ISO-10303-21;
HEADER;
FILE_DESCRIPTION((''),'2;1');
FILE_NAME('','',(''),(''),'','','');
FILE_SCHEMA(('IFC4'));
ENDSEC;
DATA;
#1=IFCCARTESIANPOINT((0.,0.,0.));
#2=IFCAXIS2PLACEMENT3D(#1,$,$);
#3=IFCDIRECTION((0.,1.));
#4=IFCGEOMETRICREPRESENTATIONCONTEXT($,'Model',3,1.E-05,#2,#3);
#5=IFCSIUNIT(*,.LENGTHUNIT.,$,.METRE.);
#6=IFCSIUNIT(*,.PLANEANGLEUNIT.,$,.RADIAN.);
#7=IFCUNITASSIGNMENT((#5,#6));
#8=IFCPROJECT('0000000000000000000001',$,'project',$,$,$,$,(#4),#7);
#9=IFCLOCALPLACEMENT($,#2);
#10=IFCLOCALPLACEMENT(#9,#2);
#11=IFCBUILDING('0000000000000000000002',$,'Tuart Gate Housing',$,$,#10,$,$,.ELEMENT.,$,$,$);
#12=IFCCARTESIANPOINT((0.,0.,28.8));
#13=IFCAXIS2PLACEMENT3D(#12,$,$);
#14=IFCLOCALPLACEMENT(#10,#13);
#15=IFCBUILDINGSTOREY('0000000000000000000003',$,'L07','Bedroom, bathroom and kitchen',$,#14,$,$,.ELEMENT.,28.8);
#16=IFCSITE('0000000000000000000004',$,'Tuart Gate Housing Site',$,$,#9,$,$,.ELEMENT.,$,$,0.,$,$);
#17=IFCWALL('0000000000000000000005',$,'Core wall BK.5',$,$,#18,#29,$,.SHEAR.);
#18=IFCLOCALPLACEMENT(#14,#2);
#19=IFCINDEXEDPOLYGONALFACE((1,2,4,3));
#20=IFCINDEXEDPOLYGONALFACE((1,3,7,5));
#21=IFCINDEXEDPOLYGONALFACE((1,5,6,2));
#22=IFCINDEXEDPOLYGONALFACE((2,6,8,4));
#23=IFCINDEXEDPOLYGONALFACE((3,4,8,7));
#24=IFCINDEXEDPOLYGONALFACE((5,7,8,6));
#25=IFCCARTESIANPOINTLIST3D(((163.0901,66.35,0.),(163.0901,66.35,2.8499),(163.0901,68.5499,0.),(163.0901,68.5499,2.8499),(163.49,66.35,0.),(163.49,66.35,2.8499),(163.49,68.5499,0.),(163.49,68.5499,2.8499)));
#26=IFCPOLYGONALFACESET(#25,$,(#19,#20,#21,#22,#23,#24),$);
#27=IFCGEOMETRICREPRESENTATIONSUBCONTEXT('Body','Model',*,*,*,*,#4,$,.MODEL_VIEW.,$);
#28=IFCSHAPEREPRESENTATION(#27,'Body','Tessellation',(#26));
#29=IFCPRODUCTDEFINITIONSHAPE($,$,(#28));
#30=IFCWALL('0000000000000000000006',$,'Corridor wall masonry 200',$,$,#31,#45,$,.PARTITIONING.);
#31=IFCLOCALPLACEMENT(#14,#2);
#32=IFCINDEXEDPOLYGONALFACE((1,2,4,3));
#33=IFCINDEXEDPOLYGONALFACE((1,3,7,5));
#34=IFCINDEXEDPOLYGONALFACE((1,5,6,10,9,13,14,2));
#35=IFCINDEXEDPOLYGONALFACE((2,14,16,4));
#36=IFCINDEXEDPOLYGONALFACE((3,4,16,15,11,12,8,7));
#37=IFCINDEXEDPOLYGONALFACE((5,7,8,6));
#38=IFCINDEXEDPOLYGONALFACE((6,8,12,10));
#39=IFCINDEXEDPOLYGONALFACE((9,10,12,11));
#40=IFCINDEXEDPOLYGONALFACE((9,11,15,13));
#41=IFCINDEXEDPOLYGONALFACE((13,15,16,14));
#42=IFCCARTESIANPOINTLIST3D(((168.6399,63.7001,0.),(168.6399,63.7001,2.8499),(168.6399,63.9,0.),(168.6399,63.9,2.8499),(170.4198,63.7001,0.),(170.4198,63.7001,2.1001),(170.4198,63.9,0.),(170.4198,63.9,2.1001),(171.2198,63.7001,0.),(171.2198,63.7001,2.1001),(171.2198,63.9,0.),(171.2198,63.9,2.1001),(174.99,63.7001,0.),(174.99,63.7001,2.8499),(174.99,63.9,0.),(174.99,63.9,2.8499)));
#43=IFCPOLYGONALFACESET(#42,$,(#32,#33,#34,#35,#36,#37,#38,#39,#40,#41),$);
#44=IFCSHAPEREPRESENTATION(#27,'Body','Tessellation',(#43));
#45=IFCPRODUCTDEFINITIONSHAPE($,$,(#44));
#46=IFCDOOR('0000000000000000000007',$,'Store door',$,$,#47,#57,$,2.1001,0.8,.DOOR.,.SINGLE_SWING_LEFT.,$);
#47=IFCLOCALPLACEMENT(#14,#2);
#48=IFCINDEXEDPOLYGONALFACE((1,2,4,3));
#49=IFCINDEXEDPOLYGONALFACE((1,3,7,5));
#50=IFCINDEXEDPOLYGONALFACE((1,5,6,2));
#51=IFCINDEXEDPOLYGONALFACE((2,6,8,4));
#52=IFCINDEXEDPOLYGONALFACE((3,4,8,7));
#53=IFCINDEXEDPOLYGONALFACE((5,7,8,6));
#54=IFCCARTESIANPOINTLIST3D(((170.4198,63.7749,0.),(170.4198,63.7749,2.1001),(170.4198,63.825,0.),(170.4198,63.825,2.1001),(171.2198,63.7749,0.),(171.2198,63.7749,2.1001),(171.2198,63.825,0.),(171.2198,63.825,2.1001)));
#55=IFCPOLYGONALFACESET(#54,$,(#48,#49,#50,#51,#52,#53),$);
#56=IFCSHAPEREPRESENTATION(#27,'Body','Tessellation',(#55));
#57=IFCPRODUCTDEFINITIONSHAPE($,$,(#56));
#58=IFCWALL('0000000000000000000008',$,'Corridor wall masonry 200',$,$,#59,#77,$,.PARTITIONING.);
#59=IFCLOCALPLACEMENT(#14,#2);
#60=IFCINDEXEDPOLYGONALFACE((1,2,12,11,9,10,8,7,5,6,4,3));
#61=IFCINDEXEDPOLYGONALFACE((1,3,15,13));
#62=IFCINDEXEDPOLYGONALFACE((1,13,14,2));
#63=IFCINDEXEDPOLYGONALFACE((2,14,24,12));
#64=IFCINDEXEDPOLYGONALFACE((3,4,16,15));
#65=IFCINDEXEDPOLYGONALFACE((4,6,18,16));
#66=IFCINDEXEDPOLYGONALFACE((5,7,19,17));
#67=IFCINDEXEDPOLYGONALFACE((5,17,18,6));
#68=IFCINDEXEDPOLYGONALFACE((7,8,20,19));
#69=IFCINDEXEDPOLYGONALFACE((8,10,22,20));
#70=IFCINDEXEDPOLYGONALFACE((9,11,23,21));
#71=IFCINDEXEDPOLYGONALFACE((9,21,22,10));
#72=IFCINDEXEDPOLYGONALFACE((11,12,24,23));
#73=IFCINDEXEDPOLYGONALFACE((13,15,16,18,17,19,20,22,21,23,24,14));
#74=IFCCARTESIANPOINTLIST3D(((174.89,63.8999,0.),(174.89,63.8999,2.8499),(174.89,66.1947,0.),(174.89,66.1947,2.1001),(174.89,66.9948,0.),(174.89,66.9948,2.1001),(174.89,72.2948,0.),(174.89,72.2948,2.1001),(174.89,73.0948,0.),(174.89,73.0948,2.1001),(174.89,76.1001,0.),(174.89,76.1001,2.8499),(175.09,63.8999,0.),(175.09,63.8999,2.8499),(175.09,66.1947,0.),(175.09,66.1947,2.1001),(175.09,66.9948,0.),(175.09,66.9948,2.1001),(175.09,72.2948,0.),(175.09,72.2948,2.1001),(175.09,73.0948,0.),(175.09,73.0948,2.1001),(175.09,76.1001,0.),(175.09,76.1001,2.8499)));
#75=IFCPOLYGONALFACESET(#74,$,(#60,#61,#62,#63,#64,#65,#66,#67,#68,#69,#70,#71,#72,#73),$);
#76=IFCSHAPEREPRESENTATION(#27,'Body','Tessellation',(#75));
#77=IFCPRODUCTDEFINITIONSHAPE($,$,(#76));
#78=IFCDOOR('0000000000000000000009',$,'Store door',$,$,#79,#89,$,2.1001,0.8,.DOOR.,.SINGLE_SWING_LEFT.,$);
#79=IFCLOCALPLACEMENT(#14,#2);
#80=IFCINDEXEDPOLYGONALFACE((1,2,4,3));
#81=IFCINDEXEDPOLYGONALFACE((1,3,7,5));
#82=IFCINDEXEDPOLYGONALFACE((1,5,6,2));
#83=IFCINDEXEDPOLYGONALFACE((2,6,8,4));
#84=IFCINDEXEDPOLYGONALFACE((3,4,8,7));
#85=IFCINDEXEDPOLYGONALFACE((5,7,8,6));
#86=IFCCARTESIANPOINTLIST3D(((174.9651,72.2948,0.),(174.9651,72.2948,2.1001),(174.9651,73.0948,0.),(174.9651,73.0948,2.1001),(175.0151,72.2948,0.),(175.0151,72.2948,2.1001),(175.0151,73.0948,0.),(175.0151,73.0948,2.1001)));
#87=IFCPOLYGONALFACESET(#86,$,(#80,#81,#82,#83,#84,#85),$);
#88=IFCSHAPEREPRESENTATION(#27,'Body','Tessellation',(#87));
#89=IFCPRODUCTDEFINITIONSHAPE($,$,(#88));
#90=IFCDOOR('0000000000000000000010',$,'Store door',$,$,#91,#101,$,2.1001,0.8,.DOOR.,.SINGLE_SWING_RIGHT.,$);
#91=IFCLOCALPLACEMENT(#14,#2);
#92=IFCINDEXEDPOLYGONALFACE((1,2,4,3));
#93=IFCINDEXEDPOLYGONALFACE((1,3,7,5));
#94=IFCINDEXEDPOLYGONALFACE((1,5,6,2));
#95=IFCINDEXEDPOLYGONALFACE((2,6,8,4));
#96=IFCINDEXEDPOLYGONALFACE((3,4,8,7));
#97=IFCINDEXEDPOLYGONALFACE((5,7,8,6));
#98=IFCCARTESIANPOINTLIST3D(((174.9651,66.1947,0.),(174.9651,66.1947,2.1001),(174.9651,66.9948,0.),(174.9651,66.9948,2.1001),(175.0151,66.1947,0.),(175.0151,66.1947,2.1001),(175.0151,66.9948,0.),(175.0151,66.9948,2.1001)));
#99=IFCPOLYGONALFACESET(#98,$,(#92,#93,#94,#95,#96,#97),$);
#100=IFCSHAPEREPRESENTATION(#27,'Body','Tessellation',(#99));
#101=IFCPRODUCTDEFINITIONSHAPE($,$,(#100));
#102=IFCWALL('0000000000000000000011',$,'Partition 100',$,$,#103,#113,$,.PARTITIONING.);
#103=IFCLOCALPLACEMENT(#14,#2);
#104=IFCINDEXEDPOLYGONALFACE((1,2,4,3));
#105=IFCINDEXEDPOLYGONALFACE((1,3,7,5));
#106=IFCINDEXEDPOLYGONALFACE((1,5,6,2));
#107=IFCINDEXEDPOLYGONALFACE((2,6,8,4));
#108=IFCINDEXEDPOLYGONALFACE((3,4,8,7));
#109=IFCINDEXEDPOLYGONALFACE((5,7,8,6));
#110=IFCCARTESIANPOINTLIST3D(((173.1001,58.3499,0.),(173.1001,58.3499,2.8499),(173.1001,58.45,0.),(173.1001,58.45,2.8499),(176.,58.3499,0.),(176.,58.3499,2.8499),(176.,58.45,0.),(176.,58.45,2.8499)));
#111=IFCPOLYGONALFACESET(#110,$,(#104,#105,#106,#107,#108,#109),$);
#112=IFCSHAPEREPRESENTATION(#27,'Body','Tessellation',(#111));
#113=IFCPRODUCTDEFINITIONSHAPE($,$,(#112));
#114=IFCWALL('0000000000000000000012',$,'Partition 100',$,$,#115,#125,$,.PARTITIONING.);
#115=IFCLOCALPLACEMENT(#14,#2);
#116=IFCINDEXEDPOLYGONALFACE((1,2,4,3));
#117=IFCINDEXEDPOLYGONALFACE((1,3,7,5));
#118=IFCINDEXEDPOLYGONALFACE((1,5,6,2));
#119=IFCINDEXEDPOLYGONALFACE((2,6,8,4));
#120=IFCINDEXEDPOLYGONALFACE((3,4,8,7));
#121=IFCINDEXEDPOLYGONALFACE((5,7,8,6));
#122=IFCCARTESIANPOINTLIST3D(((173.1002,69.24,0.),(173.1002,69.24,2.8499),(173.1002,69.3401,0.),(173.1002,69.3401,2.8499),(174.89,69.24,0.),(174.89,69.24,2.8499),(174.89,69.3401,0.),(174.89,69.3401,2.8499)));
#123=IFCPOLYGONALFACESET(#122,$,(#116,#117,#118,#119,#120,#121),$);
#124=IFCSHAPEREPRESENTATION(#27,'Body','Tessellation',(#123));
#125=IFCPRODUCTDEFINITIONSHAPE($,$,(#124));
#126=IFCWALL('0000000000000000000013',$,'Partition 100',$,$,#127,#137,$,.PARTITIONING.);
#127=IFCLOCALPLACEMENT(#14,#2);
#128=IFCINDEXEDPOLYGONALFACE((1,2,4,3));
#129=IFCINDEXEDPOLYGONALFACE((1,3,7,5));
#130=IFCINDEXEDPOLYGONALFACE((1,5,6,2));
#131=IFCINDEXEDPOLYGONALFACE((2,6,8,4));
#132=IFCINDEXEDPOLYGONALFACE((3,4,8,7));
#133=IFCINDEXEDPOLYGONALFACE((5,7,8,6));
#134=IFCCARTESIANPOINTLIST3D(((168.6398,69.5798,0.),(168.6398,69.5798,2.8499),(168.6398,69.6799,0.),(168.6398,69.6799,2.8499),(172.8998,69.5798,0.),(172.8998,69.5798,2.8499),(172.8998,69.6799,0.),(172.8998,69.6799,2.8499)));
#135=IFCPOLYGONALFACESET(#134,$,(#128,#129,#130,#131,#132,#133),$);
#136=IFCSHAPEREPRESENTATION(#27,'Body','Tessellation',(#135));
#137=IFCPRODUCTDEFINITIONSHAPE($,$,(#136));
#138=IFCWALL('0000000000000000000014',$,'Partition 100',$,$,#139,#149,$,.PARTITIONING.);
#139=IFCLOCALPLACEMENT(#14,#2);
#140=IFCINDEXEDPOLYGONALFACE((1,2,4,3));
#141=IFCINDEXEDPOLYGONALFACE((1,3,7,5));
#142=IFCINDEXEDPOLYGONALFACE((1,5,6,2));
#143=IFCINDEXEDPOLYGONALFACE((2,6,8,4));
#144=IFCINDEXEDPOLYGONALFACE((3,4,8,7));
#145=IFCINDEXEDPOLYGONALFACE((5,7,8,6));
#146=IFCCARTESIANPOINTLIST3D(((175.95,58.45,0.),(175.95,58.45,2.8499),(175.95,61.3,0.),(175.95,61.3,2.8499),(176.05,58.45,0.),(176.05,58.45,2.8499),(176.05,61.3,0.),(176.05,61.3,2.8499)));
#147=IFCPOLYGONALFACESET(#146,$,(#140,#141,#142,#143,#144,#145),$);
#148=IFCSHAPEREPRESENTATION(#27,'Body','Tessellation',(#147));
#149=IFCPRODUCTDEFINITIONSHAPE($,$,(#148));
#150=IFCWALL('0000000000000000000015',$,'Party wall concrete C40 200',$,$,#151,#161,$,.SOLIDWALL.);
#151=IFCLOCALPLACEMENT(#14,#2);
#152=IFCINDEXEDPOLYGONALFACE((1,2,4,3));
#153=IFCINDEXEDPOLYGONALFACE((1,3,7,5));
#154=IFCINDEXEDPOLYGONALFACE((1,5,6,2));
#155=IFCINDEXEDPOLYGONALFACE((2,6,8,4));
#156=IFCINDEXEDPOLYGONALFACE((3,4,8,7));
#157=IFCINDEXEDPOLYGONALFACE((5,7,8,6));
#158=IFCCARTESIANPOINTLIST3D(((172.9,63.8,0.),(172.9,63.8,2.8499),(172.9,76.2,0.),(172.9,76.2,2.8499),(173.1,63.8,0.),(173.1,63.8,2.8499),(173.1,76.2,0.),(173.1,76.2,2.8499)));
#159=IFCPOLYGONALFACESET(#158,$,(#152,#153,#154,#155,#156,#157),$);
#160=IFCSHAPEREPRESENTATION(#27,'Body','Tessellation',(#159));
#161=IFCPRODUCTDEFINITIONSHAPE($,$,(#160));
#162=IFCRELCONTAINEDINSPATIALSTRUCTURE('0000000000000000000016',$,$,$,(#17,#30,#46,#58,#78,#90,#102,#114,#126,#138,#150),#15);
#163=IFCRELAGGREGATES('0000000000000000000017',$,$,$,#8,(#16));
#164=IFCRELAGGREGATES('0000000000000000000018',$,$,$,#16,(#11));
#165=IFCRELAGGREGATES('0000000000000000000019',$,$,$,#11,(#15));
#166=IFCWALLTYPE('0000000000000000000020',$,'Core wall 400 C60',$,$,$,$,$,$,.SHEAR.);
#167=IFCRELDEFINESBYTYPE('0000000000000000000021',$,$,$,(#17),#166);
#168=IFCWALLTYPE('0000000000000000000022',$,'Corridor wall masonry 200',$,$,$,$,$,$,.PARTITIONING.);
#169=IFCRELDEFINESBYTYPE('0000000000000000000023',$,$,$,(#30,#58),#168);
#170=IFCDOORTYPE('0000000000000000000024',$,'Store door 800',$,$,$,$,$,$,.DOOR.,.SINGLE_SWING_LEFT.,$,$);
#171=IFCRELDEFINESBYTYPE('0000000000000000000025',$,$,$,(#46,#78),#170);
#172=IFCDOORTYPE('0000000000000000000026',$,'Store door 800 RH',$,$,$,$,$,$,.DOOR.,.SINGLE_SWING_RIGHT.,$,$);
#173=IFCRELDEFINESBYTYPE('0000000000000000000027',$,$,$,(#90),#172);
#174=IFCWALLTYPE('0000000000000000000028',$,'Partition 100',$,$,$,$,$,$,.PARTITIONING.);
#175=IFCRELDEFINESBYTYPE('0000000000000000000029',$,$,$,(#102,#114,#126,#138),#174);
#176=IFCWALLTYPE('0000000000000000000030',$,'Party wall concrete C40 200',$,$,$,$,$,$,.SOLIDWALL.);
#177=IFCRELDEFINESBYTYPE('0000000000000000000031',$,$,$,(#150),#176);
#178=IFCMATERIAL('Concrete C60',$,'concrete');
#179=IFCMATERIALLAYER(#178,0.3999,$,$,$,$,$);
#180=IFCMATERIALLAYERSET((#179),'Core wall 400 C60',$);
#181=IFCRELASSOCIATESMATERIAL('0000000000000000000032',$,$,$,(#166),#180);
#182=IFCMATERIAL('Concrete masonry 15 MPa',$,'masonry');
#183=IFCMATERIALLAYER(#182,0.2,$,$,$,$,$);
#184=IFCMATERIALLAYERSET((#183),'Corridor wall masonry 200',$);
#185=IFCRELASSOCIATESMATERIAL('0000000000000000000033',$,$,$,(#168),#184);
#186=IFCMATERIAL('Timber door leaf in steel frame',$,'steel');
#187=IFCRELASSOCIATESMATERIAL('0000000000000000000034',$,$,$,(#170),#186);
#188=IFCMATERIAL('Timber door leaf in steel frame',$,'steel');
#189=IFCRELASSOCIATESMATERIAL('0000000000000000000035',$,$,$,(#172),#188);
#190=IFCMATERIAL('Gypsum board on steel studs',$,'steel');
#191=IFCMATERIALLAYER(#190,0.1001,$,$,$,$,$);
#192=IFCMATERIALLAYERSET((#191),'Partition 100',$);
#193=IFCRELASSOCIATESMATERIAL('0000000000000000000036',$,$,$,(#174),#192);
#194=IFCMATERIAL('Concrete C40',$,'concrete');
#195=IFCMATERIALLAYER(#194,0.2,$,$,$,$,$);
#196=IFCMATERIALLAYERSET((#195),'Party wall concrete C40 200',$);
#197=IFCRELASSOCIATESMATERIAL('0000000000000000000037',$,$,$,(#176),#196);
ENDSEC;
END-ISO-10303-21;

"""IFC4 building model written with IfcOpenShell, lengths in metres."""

from ifc_helpers import new_model, si_unit, direction, frame, frame_2d, origin, place, context, subcontext, project, spatial, rectangle, extrude, material, layer, layer_set, type_object, element, fill, save


model = new_model("IFC4")

# Units and contexts
model_context = context("Model", 3, precision=1e-05, world=origin(), true_north=direction((0.0, 1.0)))
body_context = subcontext(model_context, "Body", "Model", "MODEL_VIEW")
ifc_project = project(units=[si_unit("LENGTHUNIT", "METRE"), si_unit("PLANEANGLEUNIT", "RADIAN")], contexts=[model_context])

# Site, building, storey
site_placement = place(None, origin())
site = spatial("IfcSite", under=ifc_project, at=site_placement, Name="Tuart Gate Housing Site", CompositionType="ELEMENT", RefElevation=0.0)
building_placement = place(site_placement, origin())
building = spatial("IfcBuilding", under=site, at=building_placement, Name="Tuart Gate Housing", CompositionType="ELEMENT")
storey_placement = place(building_placement, frame((0.0, 0.0, 28.8)))
storey = spatial("IfcBuildingStorey", under=building, at=storey_placement, Name="L07", Description="Bedroom, bathroom and kitchen", CompositionType="ELEMENT", Elevation=28.8)

# Wall
ifc_material_1 = material(Name="Concrete C60", Category="concrete")
ifc_layer_1 = layer(ifc_material_1, 0.3999)
ifc_layer_set_1 = layer_set([ifc_layer_1], Name="Core wall 400 C60")
wall_type_1 = type_object("IfcWallType", Name="Core wall 400 C60", PredefinedType="SHEAR", material=ifc_layer_set_1)
wall_1_placement = place(storey_placement, frame((163.29, 68.55, 0.0), z_axis=(0.0, 0.0, 1.0), x_axis=(0.0, -1.0, 0.0)))
element("IfcWall", 1, at=wall_1_placement, inside=storey, type_object=wall_type_1, Name="Core wall BK.5", PredefinedType="SHEAR", context=body_context, shape_type="SweptSolid", body=[
    extrude(rectangle(XDim=2.2, YDim=0.3999, at=frame_2d((1.1001, 0.0))), origin(), (0.0, 0.0, 1.0), 2.8499),
])

# Wall, opening, door
ifc_material_2 = material(Name="Concrete masonry 15 MPa", Category="masonry")
ifc_layer_2 = layer(ifc_material_2, 0.2)
ifc_layer_set_2 = layer_set([ifc_layer_2], Name="Corridor wall masonry 200")
wall_type_2 = type_object("IfcWallType", Name="Corridor wall masonry 200", PredefinedType="PARTITIONING", material=ifc_layer_set_2)
wall_2_placement = place(storey_placement, frame((168.6399, 63.8, 0.0), z_axis=(0.0, 0.0, 1.0), x_axis=(1.0, 0.0, 0.0)))
wall_2 = element("IfcWall", 2, at=wall_2_placement, inside=storey, type_object=wall_type_2, Name="Corridor wall masonry 200", PredefinedType="PARTITIONING", context=body_context, shape_type="SweptSolid", body=[
    extrude(rectangle(XDim=6.3501, YDim=0.2, at=frame_2d((3.175, 0.0))), origin(), (0.0, 0.0, 1.0), 2.8499),
])
opening_1_placement = place(wall_2_placement, frame((1.78, 0.0, 0.0)))
opening_1 = element("IfcOpeningElement", 3, at=opening_1_placement, cuts=wall_2, PredefinedType="OPENING", context=body_context, shape_type="SweptSolid", body=[
    extrude(rectangle(XDim=0.8, YDim=2.1001, at=frame_2d((0.3999, 1.05))), frame((0.0, 0.1099, 0.0), z_axis=(0.0, -1.0, 0.0), x_axis=(1.0, 0.0, 0.0)), (0.0, 0.0, 1.0), 0.22),
])
ifc_material_3 = material(Name="Timber door leaf in steel frame", Category="steel")
door_type_1 = type_object("IfcDoorType", Name="Store door 800", OperationType="SINGLE_SWING_LEFT", PredefinedType="DOOR", material=ifc_material_3)
door_1_placement = place(opening_1_placement, origin())
door_1 = element("IfcDoor", 4, at=door_1_placement, inside=storey, type_object=door_type_1, Name="Store door", OperationType="SINGLE_SWING_LEFT", OverallHeight=2.1001, OverallWidth=0.8, PredefinedType="DOOR", context=body_context, shape_type="SweptSolid", body=[
    extrude(rectangle(XDim=0.8, YDim=2.1001, at=frame_2d((0.3999, 1.05))), frame((0.0, 0.0249, 0.0), z_axis=(0.0, -1.0, 0.0), x_axis=(1.0, 0.0, 0.0)), (0.0, 0.0, 1.0), 0.05),
])
fill(opening_1, door_1)

# Wall, openings, doors
wall_3_placement = place(storey_placement, frame((174.99, 63.8999, 0.0), z_axis=(0.0, 0.0, 1.0), x_axis=(0.0, 1.0, 0.0)))
wall_3 = element("IfcWall", 5, at=wall_3_placement, inside=storey, type_object=wall_type_2, Name="Corridor wall masonry 200", PredefinedType="PARTITIONING", context=body_context, shape_type="SweptSolid", body=[
    extrude(rectangle(XDim=12.2002, YDim=0.2, at=frame_2d((6.1001, 0.0))), origin(), (0.0, 0.0, 1.0), 2.8499),
])
opening_2_placement = place(wall_3_placement, frame((2.2949, 0.0, 0.0)))
opening_2 = element("IfcOpeningElement", 6, at=opening_2_placement, cuts=wall_3, PredefinedType="OPENING", context=body_context, shape_type="SweptSolid", body=[
    extrude(rectangle(XDim=0.8, YDim=2.1001, at=frame_2d((0.3999, 1.05))), frame((0.0, 0.1099, 0.0), z_axis=(0.0, -1.0, 0.0), x_axis=(1.0, 0.0, 0.0)), (0.0, 0.0, 1.0), 0.22),
])
opening_3_placement = place(wall_3_placement, frame((8.395, 0.0, 0.0)))
opening_3 = element("IfcOpeningElement", 7, at=opening_3_placement, cuts=wall_3, PredefinedType="OPENING", context=body_context, shape_type="SweptSolid", body=[
    extrude(rectangle(XDim=0.8, YDim=2.1001, at=frame_2d((0.3999, 1.05))), frame((0.0, 0.1099, 0.0), z_axis=(0.0, -1.0, 0.0), x_axis=(1.0, 0.0, 0.0)), (0.0, 0.0, 1.0), 0.22),
])
door_2_placement = place(opening_3_placement, origin())
door_2 = element("IfcDoor", 8, at=door_2_placement, inside=storey, type_object=door_type_1, Name="Store door", OperationType="SINGLE_SWING_LEFT", OverallHeight=2.1001, OverallWidth=0.8, PredefinedType="DOOR", context=body_context, shape_type="SweptSolid", body=[
    extrude(rectangle(XDim=0.8, YDim=2.1001, at=frame_2d((0.3999, 1.05))), frame((0.0, 0.0249, 0.0), z_axis=(0.0, -1.0, 0.0), x_axis=(1.0, 0.0, 0.0)), (0.0, 0.0, 1.0), 0.05),
])
fill(opening_3, door_2)
ifc_material_4 = material(Name="Timber door leaf in steel frame", Category="steel")
door_type_2 = type_object("IfcDoorType", Name="Store door 800 RH", OperationType="SINGLE_SWING_RIGHT", PredefinedType="DOOR", material=ifc_material_4)
door_3_placement = place(opening_2_placement, origin())
door_3 = element("IfcDoor", 9, at=door_3_placement, inside=storey, type_object=door_type_2, Name="Store door", OperationType="SINGLE_SWING_RIGHT", OverallHeight=2.1001, OverallWidth=0.8, PredefinedType="DOOR", context=body_context, shape_type="SweptSolid", body=[
    extrude(rectangle(XDim=0.8, YDim=2.1001, at=frame_2d((0.3999, 1.05))), frame((0.0, 0.0249, 0.0), z_axis=(0.0, -1.0, 0.0), x_axis=(1.0, 0.0, 0.0)), (0.0, 0.0, 1.0), 0.05),
])
fill(opening_2, door_3)

# Walls
ifc_material_5 = material(Name="Gypsum board on steel studs", Category="steel")
ifc_layer_3 = layer(ifc_material_5, 0.1001)
ifc_layer_set_3 = layer_set([ifc_layer_3], Name="Partition 100")
wall_type_3 = type_object("IfcWallType", Name="Partition 100", PredefinedType="PARTITIONING", material=ifc_layer_set_3)
wall_4_placement = place(storey_placement, frame((173.1001, 58.3999, 0.0), z_axis=(0.0, 0.0, 1.0), x_axis=(1.0, 0.0, 0.0)))
element("IfcWall", 10, at=wall_4_placement, inside=storey, type_object=wall_type_3, Name="Partition 100", PredefinedType="PARTITIONING", context=body_context, shape_type="SweptSolid", body=[
    extrude(rectangle(XDim=2.8999, YDim=0.1001, at=frame_2d((1.45, 0.0))), origin(), (0.0, 0.0, 1.0), 2.8499),
])
wall_5_placement = place(storey_placement, frame((173.1001, 69.29, 0.0), z_axis=(0.0, 0.0, 1.0), x_axis=(1.0, 0.0, 0.0)))
element("IfcWall", 11, at=wall_5_placement, inside=storey, type_object=wall_type_3, Name="Partition 100", PredefinedType="PARTITIONING", context=body_context, shape_type="SweptSolid", body=[
    extrude(rectangle(XDim=1.7898, YDim=0.1001, at=frame_2d((0.895, 0.0))), origin(), (0.0, 0.0, 1.0), 2.8499),
])
wall_6_placement = place(storey_placement, frame((168.6399, 69.6299, 0.0), z_axis=(0.0, 0.0, 1.0), x_axis=(1.0, 0.0, 0.0)))
element("IfcWall", 12, at=wall_6_placement, inside=storey, type_object=wall_type_3, Name="Partition 100", PredefinedType="PARTITIONING", context=body_context, shape_type="SweptSolid", body=[
    extrude(rectangle(XDim=4.26, YDim=0.1001, at=frame_2d((2.1299, 0.0))), origin(), (0.0, 0.0, 1.0), 2.8499),
])
wall_7_placement = place(storey_placement, frame((176.0, 58.45, 0.0), z_axis=(0.0, 0.0, 1.0), x_axis=(0.0, 1.0, 0.0)))
element("IfcWall", 13, at=wall_7_placement, inside=storey, type_object=wall_type_3, Name="Partition 100", PredefinedType="PARTITIONING", context=body_context, shape_type="SweptSolid", body=[
    extrude(rectangle(XDim=2.8501, YDim=0.1001, at=frame_2d((1.425, 0.0))), origin(), (0.0, 0.0, 1.0), 2.8499),
])
ifc_material_6 = material(Name="Concrete C40", Category="concrete")
ifc_layer_4 = layer(ifc_material_6, 0.2)
ifc_layer_set_4 = layer_set([ifc_layer_4], Name="Party wall concrete C40 200")
wall_type_4 = type_object("IfcWallType", Name="Party wall concrete C40 200", PredefinedType="SOLIDWALL", material=ifc_layer_set_4)
wall_8_placement = place(storey_placement, frame((173.0, 63.8, 0.0), z_axis=(0.0, 0.0, 1.0), x_axis=(0.0, 1.0, 0.0)))
element("IfcWall", 14, at=wall_8_placement, inside=storey, type_object=wall_type_4, Name="Party wall concrete C40 200", PredefinedType="SOLIDWALL", context=body_context, shape_type="SweptSolid", body=[
    extrude(rectangle(XDim=12.3999, YDim=0.2, at=frame_2d((6.2, 0.0))), origin(), (0.0, 0.0, 1.0), 2.8499),
])

save(model, "model.ifc")
